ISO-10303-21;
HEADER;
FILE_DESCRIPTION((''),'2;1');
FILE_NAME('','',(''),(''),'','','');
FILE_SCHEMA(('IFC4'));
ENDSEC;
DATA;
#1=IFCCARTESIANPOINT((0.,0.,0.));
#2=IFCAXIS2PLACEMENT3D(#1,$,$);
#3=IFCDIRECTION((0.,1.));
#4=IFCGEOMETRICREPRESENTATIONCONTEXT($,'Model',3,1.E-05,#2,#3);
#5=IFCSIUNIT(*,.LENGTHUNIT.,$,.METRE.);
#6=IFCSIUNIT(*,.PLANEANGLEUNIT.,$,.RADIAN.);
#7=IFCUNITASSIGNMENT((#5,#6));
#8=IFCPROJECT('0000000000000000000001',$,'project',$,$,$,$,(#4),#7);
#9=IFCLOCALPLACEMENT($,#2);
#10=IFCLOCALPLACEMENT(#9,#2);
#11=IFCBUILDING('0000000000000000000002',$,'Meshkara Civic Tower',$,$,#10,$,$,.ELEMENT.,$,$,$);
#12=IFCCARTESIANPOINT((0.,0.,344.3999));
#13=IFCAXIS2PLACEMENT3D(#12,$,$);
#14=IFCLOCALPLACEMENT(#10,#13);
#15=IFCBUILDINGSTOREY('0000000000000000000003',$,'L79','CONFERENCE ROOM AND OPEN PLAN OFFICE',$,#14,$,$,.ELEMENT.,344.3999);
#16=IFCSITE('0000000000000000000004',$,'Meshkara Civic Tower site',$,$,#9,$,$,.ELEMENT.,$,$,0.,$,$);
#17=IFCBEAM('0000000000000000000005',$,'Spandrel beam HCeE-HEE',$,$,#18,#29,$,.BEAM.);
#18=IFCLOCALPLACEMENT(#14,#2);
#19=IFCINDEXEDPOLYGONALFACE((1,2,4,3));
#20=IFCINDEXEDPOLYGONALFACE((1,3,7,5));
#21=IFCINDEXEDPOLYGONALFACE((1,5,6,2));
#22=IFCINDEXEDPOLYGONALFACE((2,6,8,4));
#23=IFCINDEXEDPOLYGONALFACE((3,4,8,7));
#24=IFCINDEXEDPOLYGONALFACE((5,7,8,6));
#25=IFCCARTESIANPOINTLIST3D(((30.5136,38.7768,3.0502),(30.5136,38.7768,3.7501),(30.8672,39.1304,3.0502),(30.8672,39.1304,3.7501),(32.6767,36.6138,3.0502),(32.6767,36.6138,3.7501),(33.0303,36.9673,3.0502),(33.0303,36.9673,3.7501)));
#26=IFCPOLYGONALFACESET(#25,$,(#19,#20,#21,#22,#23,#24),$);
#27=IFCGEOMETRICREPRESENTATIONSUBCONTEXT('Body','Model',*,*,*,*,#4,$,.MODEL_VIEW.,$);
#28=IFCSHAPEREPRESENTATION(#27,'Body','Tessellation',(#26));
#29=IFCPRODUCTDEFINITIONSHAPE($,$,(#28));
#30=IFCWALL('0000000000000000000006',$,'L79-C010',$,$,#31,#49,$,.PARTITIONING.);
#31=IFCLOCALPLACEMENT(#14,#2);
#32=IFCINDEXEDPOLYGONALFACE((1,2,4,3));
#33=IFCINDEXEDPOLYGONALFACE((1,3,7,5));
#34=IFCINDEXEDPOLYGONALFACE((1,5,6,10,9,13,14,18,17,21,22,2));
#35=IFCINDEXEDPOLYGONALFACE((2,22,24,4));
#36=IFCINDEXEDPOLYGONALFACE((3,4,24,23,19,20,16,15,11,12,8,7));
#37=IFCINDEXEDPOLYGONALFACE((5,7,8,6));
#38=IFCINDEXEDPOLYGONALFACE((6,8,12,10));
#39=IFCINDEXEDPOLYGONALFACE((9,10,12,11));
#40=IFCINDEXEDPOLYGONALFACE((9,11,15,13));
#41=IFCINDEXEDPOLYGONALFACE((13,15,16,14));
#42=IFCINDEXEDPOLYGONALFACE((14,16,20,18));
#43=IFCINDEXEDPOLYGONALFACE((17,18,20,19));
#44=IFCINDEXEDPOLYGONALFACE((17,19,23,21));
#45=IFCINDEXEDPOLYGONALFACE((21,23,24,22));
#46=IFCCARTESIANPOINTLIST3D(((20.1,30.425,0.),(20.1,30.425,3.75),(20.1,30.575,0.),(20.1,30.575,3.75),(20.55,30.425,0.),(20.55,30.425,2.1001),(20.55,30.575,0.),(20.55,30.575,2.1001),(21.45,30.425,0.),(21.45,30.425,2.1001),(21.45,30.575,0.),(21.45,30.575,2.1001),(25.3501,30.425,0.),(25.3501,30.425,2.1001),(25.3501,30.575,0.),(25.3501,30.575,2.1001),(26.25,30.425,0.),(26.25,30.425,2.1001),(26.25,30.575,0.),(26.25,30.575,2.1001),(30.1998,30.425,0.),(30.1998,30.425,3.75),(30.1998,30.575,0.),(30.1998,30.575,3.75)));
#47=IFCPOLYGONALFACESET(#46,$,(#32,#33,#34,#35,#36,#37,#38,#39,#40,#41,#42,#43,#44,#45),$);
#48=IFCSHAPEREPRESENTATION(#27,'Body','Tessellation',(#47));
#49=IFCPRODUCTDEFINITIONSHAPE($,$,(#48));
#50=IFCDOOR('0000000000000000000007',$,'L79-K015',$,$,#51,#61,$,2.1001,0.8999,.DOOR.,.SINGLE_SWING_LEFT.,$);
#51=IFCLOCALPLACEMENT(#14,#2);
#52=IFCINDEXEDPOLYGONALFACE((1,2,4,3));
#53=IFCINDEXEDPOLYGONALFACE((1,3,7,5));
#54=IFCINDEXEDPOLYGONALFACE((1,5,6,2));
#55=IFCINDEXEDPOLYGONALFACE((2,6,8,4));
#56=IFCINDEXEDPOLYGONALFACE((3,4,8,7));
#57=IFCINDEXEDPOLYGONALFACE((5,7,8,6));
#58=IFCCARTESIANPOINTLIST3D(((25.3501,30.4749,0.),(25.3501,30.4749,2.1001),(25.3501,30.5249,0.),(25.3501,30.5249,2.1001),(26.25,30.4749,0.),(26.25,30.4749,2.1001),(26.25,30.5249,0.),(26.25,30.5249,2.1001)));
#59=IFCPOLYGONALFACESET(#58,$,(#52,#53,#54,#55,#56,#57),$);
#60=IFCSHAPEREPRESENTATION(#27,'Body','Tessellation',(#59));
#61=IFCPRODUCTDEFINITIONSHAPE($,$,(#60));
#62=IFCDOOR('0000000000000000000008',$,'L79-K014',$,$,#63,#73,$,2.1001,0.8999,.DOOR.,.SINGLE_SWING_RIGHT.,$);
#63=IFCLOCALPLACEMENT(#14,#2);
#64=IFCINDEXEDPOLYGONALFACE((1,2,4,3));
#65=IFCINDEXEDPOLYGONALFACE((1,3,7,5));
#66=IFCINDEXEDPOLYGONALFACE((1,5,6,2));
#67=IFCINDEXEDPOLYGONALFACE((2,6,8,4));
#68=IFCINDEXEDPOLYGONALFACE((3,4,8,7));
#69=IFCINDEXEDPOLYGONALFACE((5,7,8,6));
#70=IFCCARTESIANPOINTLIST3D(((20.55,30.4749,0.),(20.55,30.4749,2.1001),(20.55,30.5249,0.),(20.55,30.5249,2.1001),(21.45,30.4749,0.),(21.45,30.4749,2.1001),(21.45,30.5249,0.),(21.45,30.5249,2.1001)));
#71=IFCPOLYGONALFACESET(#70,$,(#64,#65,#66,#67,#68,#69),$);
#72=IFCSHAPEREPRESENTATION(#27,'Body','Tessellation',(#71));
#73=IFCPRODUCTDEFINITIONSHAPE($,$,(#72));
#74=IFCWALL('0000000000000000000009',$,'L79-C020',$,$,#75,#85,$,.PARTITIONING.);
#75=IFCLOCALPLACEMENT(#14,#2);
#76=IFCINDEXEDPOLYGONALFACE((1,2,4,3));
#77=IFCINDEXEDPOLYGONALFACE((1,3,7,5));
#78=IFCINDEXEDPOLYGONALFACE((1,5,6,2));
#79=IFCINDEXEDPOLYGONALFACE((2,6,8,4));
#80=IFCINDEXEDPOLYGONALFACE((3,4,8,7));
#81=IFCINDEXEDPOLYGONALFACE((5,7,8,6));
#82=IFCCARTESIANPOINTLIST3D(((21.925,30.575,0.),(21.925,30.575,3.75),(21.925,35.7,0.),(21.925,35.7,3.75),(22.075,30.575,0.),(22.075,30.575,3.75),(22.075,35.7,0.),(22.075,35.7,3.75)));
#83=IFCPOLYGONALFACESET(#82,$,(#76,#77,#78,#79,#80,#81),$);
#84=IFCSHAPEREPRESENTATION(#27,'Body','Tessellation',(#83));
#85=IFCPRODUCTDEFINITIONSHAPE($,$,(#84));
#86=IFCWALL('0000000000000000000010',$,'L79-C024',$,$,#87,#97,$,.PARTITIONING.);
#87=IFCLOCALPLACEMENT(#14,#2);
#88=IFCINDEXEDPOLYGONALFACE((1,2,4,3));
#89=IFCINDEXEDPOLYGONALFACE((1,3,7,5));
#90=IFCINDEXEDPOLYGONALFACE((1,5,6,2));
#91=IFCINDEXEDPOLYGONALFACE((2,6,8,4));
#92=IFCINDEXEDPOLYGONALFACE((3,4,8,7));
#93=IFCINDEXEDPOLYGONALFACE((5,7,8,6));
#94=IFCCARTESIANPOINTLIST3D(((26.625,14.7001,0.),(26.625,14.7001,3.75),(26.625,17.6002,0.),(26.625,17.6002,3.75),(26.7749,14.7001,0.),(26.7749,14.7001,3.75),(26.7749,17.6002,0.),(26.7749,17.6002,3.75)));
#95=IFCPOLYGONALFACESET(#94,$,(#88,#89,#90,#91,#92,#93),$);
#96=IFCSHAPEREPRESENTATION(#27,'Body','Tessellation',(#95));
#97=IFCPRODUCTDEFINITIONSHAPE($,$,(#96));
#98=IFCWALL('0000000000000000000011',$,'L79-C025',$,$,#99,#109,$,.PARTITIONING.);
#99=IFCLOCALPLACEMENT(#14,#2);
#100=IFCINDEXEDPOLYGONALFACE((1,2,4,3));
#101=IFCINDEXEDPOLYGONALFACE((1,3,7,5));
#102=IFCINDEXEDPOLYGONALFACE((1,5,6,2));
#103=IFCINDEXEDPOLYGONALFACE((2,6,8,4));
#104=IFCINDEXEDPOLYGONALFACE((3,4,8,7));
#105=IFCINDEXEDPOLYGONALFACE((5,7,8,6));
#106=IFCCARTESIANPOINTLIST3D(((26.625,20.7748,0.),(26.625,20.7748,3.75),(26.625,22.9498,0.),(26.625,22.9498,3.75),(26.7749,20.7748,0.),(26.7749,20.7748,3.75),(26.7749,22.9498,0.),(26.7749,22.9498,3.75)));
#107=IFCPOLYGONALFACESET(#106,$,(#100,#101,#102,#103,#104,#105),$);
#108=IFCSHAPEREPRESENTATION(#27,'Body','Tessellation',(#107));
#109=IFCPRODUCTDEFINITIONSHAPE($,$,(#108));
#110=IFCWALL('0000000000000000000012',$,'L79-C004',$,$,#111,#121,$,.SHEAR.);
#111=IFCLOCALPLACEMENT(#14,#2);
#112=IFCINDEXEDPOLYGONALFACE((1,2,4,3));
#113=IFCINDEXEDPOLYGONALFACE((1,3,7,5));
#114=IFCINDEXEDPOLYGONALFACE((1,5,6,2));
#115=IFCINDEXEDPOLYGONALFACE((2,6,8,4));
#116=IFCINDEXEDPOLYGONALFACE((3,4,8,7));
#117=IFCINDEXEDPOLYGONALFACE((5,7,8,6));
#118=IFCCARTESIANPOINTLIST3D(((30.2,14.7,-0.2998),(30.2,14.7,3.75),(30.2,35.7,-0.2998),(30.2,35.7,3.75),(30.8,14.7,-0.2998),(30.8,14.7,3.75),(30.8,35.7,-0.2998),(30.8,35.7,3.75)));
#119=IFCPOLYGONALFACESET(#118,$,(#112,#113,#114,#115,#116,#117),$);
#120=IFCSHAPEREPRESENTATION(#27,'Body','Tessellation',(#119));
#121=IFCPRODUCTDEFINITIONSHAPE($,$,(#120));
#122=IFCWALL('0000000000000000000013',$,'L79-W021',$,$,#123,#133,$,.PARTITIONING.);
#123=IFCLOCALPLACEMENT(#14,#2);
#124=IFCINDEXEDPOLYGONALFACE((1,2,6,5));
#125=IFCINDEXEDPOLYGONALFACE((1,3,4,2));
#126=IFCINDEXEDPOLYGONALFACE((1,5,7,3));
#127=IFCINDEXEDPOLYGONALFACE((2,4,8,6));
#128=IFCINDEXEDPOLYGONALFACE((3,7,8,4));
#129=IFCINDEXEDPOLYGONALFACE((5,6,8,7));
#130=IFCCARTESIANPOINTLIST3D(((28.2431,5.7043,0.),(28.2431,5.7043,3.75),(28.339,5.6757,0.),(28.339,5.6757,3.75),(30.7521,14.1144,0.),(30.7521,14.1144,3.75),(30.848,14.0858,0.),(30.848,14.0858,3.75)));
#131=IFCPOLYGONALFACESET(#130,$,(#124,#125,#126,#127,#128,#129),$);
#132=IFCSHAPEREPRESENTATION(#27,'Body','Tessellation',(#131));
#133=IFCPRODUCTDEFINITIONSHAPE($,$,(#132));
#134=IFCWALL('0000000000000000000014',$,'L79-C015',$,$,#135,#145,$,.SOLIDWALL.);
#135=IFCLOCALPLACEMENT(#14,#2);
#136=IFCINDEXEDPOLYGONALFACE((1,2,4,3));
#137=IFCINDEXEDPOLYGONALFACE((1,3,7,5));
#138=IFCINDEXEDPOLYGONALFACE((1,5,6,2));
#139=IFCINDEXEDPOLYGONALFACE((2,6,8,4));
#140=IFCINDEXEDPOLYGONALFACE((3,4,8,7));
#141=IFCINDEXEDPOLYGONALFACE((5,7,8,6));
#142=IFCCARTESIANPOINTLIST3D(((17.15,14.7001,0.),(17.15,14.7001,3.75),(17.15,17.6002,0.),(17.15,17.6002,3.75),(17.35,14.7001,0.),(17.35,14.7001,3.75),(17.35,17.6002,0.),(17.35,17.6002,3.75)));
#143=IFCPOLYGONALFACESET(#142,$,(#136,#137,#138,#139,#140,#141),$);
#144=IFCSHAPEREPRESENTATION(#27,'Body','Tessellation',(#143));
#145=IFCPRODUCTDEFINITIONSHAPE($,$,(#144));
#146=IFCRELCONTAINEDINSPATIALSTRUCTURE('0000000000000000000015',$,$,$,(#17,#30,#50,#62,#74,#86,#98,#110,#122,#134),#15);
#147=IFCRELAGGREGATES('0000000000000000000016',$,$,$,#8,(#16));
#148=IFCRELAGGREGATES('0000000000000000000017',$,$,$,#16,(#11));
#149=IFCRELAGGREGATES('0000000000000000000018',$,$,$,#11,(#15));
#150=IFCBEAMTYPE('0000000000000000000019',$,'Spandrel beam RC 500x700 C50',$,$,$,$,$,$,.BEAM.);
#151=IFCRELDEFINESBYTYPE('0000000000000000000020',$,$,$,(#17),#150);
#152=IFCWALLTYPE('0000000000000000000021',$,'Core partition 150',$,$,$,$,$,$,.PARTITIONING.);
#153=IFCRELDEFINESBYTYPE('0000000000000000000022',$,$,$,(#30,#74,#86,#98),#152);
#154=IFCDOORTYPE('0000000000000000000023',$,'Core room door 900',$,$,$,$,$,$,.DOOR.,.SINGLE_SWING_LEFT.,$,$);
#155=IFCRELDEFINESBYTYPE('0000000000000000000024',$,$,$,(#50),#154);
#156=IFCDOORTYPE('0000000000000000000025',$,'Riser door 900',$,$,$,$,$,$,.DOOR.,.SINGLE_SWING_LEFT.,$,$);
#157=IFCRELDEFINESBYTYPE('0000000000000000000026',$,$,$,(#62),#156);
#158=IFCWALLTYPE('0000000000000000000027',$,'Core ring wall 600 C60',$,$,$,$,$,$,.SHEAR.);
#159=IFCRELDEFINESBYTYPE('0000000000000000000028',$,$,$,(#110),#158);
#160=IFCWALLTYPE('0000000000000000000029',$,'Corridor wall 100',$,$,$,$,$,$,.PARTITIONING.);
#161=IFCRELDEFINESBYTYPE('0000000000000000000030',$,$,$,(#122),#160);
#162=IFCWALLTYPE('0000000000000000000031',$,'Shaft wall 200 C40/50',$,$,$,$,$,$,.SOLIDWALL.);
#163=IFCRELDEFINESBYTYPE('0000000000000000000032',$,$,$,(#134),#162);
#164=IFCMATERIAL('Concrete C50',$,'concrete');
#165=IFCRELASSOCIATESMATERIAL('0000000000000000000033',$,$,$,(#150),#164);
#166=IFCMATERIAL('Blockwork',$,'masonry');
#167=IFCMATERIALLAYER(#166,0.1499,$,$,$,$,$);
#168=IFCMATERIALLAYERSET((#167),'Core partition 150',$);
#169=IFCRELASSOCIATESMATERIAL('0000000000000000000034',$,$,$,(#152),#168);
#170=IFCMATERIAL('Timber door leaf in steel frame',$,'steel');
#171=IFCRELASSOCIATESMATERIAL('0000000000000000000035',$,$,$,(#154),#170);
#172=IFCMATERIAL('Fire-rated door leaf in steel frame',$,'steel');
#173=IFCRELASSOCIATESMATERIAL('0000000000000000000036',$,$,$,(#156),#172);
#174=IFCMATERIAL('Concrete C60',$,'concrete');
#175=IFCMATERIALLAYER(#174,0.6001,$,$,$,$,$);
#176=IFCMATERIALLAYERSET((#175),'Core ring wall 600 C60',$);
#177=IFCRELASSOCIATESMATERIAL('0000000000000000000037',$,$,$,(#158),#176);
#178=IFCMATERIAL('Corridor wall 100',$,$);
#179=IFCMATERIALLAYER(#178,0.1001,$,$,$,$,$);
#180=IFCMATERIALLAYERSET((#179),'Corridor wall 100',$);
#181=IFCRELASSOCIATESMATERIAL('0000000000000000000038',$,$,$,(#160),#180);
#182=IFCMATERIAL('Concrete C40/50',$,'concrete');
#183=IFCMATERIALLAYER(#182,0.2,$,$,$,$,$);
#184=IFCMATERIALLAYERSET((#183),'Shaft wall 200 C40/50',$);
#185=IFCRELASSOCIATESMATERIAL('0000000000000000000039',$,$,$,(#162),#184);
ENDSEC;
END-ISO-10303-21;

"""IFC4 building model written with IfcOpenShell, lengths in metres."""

from ifc_helpers import new_model, si_unit, direction, frame, frame_2d, origin, origin_2d, place, context, subcontext, project, spatial, rectangle, extrude, material, layer, layer_set, material_profile, profile_set, type_object, element, fill, save


model = new_model("IFC4")

# Units and contexts
model_context = context("Model", 3, precision=1e-05, world=origin(), true_north=direction((0.0, 1.0)))
body_context = subcontext(model_context, "Body", "Model", "MODEL_VIEW")
ifc_project = project(units=[si_unit("LENGTHUNIT", "METRE"), si_unit("PLANEANGLEUNIT", "RADIAN")], contexts=[model_context])

# Site, building, storey
site_placement = place(None, origin())
site = spatial("IfcSite", under=ifc_project, at=site_placement, Name="Meshkara Civic Tower site", CompositionType="ELEMENT", RefElevation=0.0)
building_placement = place(site_placement, origin())
building = spatial("IfcBuilding", under=site, at=building_placement, Name="Meshkara Civic Tower", CompositionType="ELEMENT")
storey_placement = place(building_placement, frame((0.0, 0.0, 344.3999)))
storey = spatial("IfcBuildingStorey", under=building, at=storey_placement, Name="L79", Description="CONFERENCE ROOM AND OPEN PLAN OFFICE", CompositionType="ELEMENT", Elevation=344.3999)

# Beam
ifc_material_1 = material(Name="Concrete C50", Category="concrete")
ifc_material_profile = material_profile(ifc_material_1, rectangle(XDim=0.5, YDim=0.7, at=origin_2d()))
ifc_profile_set = profile_set([ifc_material_profile], Name="Concrete C50")
beam_type = type_object("IfcBeamType", Name="Spandrel beam RC 500x700 C50", PredefinedType="BEAM", material=ifc_profile_set)
beam_placement = place(storey_placement, frame((32.8535, 36.7905, 3.4001), z_axis=(-0.707107, 0.707107, 0.0), x_axis=(-0.707107, -0.707107, 0.0)))
element("IfcBeam", 1, at=beam_placement, inside=storey, type_object=beam_type, Name="Spandrel beam HCeE-HEE", PredefinedType="BEAM", context=body_context, shape_type="SweptSolid", body=[
    extrude(rectangle(XDim=0.5, YDim=0.7, at=origin_2d()), origin(), (0.0, 0.0, 1.0), 3.0591),
])

# Wall, openings, doors
ifc_material_2 = material(Name="Blockwork", Category="masonry")
ifc_layer_1 = layer(ifc_material_2, 0.1499)
ifc_layer_set_1 = layer_set([ifc_layer_1], Name="Core partition 150")
wall_type_1 = type_object("IfcWallType", Name="Core partition 150", PredefinedType="PARTITIONING", material=ifc_layer_set_1)
wall_1_placement = place(storey_placement, frame((20.1001, 30.5, 0.0), z_axis=(0.0, 0.0, 1.0), x_axis=(1.0, 0.0, 0.0)))
wall_1 = element("IfcWall", 2, at=wall_1_placement, inside=storey, type_object=wall_type_1, Name="L79-C010", PredefinedType="PARTITIONING", context=body_context, shape_type="SweptSolid", body=[
    extrude(rectangle(XDim=10.0999, YDim=0.1499, at=frame_2d((5.0498, 0.0))), origin(), (0.0, 0.0, 1.0), 3.75),
])
opening_1_placement = place(wall_1_placement, frame((0.45, 0.0, 0.0)))
opening_1 = element("IfcOpeningElement", 3, at=opening_1_placement, cuts=wall_1, PredefinedType="OPENING", context=body_context, shape_type="SweptSolid", body=[
    extrude(rectangle(XDim=0.8999, YDim=2.1001, at=frame_2d((0.45, 1.05))), frame((0.0, 0.085, 0.0), z_axis=(0.0, -1.0, 0.0), x_axis=(1.0, 0.0, 0.0)), (0.0, 0.0, 1.0), 0.1699),
])
opening_2_placement = place(wall_1_placement, frame((5.25, 0.0, 0.0)))
opening_2 = element("IfcOpeningElement", 4, at=opening_2_placement, cuts=wall_1, PredefinedType="OPENING", context=body_context, shape_type="SweptSolid", body=[
    extrude(rectangle(XDim=0.8999, YDim=2.1001, at=frame_2d((0.45, 1.05))), frame((0.0, 0.085, 0.0), z_axis=(0.0, -1.0, 0.0), x_axis=(1.0, 0.0, 0.0)), (0.0, 0.0, 1.0), 0.1699),
])
ifc_material_3 = material(Name="Timber door leaf in steel frame", Category="steel")
door_type_1 = type_object("IfcDoorType", Name="Core room door 900", OperationType="SINGLE_SWING_LEFT", PredefinedType="DOOR", material=ifc_material_3)
door_1_placement = place(opening_2_placement, origin())
door_1 = element("IfcDoor", 5, at=door_1_placement, inside=storey, type_object=door_type_1, Name="L79-K015", OperationType="SINGLE_SWING_LEFT", OverallHeight=2.1001, OverallWidth=0.8999, PredefinedType="DOOR", context=body_context, shape_type="SweptSolid", body=[
    extrude(rectangle(XDim=0.8999, YDim=2.1001, at=frame_2d((0.45, 1.05))), frame((0.0, 0.0249, 0.0), z_axis=(0.0, -1.0, 0.0), x_axis=(1.0, 0.0, 0.0)), (0.0, 0.0, 1.0), 0.05),
])
fill(opening_2, door_1)
ifc_material_4 = material(Name="Fire-rated door leaf in steel frame", Category="steel")
door_type_2 = type_object("IfcDoorType", Name="Riser door 900", OperationType="SINGLE_SWING_LEFT", PredefinedType="DOOR", material=ifc_material_4)
door_2_placement = place(opening_1_placement, origin())
door_2 = element("IfcDoor", 6, at=door_2_placement, inside=storey, type_object=door_type_2, Name="L79-K014", OperationType="SINGLE_SWING_RIGHT", OverallHeight=2.1001, OverallWidth=0.8999, PredefinedType="DOOR", context=body_context, shape_type="SweptSolid", body=[
    extrude(rectangle(XDim=0.8999, YDim=2.1001, at=frame_2d((0.45, 1.05))), frame((0.0, 0.0249, 0.0), z_axis=(0.0, -1.0, 0.0), x_axis=(1.0, 0.0, 0.0)), (0.0, 0.0, 1.0), 0.05),
])
fill(opening_1, door_2)

# Walls
wall_2_placement = place(storey_placement, frame((22.0, 30.575, 0.0), z_axis=(0.0, 0.0, 1.0), x_axis=(0.0, 1.0, 0.0)))
element("IfcWall", 7, at=wall_2_placement, inside=storey, type_object=wall_type_1, Name="L79-C020", PredefinedType="PARTITIONING", context=body_context, shape_type="SweptSolid", body=[
    extrude(rectangle(XDim=5.125, YDim=0.1499, at=frame_2d((2.5625, 0.0))), origin(), (0.0, 0.0, 1.0), 3.75),
])
wall_3_placement = place(storey_placement, frame((26.7, 14.7, 0.0), z_axis=(0.0, 0.0, 1.0), x_axis=(0.0, 1.0, 0.0)))
element("IfcWall", 8, at=wall_3_placement, inside=storey, type_object=wall_type_1, Name="L79-C024", PredefinedType="PARTITIONING", context=body_context, shape_type="SweptSolid", body=[
    extrude(rectangle(XDim=2.9001, YDim=0.1499, at=frame_2d((1.4502, 0.0))), origin(), (0.0, 0.0, 1.0), 3.75),
])
wall_4_placement = place(storey_placement, frame((26.7, 20.7749, 0.0), z_axis=(0.0, 0.0, 1.0), x_axis=(0.0, 1.0, 0.0)))
element("IfcWall", 9, at=wall_4_placement, inside=storey, type_object=wall_type_1, Name="L79-C025", PredefinedType="PARTITIONING", context=body_context, shape_type="SweptSolid", body=[
    extrude(rectangle(XDim=2.175, YDim=0.1499, at=frame_2d((1.0874, 0.0))), origin(), (0.0, 0.0, 1.0), 3.75),
])
ifc_material_5 = material(Name="Concrete C60", Category="concrete")
ifc_layer_2 = layer(ifc_material_5, 0.6001)
ifc_layer_set_2 = layer_set([ifc_layer_2], Name="Core ring wall 600 C60")
wall_type_2 = type_object("IfcWallType", Name="Core ring wall 600 C60", PredefinedType="SHEAR", material=ifc_layer_set_2)
wall_5_placement = place(storey_placement, frame((30.5, 14.7, -0.2998), z_axis=(0.0, 0.0, 1.0), x_axis=(0.0, 1.0, 0.0)))
element("IfcWall", 10, at=wall_5_placement, inside=storey, type_object=wall_type_2, Name="L79-C004", PredefinedType="SHEAR", context=body_context, shape_type="SweptSolid", body=[
    extrude(rectangle(XDim=21.0, YDim=0.6001, at=frame_2d((10.5, 0.0))), origin(), (0.0, 0.0, 1.0), 4.0498),
])
ifc_material_6 = material(Name="Corridor wall 100")
ifc_layer_3 = layer(ifc_material_6, 0.1001)
ifc_layer_set_3 = layer_set([ifc_layer_3], Name="Corridor wall 100")
wall_type_3 = type_object("IfcWallType", Name="Corridor wall 100", PredefinedType="PARTITIONING", material=ifc_layer_set_3)
wall_6_placement = place(storey_placement, frame((30.8, 14.1001, 0.0), z_axis=(0.0, 0.0, 1.0), x_axis=(-0.285883, -0.958265, 0.0)))
element("IfcWall", 11, at=wall_6_placement, inside=storey, type_object=wall_type_3, Name="L79-W021", PredefinedType="PARTITIONING", context=body_context, shape_type="SweptSolid", body=[
    extrude(rectangle(XDim=8.7764, YDim=0.1001, at=frame_2d((4.3882, 0.0))), origin(), (0.0, 0.0, 1.0), 3.75),
])
ifc_material_7 = material(Name="Concrete C40/50", Category="concrete")
ifc_layer_4 = layer(ifc_material_7, 0.2)
ifc_layer_set_4 = layer_set([ifc_layer_4], Name="Shaft wall 200 C40/50")
wall_type_4 = type_object("IfcWallType", Name="Shaft wall 200 C40/50", PredefinedType="SOLIDWALL", material=ifc_layer_set_4)
wall_7_placement = place(storey_placement, frame((17.25, 14.7, 0.0), z_axis=(0.0, 0.0, 1.0), x_axis=(0.0, 1.0, 0.0)))
element("IfcWall", 12, at=wall_7_placement, inside=storey, type_object=wall_type_4, Name="L79-C015", PredefinedType="SOLIDWALL", context=body_context, shape_type="SweptSolid", body=[
    extrude(rectangle(XDim=2.9001, YDim=0.2, at=frame_2d((1.4502, 0.0))), origin(), (0.0, 0.0, 1.0), 3.75),
])

save(model, "model.ifc")
